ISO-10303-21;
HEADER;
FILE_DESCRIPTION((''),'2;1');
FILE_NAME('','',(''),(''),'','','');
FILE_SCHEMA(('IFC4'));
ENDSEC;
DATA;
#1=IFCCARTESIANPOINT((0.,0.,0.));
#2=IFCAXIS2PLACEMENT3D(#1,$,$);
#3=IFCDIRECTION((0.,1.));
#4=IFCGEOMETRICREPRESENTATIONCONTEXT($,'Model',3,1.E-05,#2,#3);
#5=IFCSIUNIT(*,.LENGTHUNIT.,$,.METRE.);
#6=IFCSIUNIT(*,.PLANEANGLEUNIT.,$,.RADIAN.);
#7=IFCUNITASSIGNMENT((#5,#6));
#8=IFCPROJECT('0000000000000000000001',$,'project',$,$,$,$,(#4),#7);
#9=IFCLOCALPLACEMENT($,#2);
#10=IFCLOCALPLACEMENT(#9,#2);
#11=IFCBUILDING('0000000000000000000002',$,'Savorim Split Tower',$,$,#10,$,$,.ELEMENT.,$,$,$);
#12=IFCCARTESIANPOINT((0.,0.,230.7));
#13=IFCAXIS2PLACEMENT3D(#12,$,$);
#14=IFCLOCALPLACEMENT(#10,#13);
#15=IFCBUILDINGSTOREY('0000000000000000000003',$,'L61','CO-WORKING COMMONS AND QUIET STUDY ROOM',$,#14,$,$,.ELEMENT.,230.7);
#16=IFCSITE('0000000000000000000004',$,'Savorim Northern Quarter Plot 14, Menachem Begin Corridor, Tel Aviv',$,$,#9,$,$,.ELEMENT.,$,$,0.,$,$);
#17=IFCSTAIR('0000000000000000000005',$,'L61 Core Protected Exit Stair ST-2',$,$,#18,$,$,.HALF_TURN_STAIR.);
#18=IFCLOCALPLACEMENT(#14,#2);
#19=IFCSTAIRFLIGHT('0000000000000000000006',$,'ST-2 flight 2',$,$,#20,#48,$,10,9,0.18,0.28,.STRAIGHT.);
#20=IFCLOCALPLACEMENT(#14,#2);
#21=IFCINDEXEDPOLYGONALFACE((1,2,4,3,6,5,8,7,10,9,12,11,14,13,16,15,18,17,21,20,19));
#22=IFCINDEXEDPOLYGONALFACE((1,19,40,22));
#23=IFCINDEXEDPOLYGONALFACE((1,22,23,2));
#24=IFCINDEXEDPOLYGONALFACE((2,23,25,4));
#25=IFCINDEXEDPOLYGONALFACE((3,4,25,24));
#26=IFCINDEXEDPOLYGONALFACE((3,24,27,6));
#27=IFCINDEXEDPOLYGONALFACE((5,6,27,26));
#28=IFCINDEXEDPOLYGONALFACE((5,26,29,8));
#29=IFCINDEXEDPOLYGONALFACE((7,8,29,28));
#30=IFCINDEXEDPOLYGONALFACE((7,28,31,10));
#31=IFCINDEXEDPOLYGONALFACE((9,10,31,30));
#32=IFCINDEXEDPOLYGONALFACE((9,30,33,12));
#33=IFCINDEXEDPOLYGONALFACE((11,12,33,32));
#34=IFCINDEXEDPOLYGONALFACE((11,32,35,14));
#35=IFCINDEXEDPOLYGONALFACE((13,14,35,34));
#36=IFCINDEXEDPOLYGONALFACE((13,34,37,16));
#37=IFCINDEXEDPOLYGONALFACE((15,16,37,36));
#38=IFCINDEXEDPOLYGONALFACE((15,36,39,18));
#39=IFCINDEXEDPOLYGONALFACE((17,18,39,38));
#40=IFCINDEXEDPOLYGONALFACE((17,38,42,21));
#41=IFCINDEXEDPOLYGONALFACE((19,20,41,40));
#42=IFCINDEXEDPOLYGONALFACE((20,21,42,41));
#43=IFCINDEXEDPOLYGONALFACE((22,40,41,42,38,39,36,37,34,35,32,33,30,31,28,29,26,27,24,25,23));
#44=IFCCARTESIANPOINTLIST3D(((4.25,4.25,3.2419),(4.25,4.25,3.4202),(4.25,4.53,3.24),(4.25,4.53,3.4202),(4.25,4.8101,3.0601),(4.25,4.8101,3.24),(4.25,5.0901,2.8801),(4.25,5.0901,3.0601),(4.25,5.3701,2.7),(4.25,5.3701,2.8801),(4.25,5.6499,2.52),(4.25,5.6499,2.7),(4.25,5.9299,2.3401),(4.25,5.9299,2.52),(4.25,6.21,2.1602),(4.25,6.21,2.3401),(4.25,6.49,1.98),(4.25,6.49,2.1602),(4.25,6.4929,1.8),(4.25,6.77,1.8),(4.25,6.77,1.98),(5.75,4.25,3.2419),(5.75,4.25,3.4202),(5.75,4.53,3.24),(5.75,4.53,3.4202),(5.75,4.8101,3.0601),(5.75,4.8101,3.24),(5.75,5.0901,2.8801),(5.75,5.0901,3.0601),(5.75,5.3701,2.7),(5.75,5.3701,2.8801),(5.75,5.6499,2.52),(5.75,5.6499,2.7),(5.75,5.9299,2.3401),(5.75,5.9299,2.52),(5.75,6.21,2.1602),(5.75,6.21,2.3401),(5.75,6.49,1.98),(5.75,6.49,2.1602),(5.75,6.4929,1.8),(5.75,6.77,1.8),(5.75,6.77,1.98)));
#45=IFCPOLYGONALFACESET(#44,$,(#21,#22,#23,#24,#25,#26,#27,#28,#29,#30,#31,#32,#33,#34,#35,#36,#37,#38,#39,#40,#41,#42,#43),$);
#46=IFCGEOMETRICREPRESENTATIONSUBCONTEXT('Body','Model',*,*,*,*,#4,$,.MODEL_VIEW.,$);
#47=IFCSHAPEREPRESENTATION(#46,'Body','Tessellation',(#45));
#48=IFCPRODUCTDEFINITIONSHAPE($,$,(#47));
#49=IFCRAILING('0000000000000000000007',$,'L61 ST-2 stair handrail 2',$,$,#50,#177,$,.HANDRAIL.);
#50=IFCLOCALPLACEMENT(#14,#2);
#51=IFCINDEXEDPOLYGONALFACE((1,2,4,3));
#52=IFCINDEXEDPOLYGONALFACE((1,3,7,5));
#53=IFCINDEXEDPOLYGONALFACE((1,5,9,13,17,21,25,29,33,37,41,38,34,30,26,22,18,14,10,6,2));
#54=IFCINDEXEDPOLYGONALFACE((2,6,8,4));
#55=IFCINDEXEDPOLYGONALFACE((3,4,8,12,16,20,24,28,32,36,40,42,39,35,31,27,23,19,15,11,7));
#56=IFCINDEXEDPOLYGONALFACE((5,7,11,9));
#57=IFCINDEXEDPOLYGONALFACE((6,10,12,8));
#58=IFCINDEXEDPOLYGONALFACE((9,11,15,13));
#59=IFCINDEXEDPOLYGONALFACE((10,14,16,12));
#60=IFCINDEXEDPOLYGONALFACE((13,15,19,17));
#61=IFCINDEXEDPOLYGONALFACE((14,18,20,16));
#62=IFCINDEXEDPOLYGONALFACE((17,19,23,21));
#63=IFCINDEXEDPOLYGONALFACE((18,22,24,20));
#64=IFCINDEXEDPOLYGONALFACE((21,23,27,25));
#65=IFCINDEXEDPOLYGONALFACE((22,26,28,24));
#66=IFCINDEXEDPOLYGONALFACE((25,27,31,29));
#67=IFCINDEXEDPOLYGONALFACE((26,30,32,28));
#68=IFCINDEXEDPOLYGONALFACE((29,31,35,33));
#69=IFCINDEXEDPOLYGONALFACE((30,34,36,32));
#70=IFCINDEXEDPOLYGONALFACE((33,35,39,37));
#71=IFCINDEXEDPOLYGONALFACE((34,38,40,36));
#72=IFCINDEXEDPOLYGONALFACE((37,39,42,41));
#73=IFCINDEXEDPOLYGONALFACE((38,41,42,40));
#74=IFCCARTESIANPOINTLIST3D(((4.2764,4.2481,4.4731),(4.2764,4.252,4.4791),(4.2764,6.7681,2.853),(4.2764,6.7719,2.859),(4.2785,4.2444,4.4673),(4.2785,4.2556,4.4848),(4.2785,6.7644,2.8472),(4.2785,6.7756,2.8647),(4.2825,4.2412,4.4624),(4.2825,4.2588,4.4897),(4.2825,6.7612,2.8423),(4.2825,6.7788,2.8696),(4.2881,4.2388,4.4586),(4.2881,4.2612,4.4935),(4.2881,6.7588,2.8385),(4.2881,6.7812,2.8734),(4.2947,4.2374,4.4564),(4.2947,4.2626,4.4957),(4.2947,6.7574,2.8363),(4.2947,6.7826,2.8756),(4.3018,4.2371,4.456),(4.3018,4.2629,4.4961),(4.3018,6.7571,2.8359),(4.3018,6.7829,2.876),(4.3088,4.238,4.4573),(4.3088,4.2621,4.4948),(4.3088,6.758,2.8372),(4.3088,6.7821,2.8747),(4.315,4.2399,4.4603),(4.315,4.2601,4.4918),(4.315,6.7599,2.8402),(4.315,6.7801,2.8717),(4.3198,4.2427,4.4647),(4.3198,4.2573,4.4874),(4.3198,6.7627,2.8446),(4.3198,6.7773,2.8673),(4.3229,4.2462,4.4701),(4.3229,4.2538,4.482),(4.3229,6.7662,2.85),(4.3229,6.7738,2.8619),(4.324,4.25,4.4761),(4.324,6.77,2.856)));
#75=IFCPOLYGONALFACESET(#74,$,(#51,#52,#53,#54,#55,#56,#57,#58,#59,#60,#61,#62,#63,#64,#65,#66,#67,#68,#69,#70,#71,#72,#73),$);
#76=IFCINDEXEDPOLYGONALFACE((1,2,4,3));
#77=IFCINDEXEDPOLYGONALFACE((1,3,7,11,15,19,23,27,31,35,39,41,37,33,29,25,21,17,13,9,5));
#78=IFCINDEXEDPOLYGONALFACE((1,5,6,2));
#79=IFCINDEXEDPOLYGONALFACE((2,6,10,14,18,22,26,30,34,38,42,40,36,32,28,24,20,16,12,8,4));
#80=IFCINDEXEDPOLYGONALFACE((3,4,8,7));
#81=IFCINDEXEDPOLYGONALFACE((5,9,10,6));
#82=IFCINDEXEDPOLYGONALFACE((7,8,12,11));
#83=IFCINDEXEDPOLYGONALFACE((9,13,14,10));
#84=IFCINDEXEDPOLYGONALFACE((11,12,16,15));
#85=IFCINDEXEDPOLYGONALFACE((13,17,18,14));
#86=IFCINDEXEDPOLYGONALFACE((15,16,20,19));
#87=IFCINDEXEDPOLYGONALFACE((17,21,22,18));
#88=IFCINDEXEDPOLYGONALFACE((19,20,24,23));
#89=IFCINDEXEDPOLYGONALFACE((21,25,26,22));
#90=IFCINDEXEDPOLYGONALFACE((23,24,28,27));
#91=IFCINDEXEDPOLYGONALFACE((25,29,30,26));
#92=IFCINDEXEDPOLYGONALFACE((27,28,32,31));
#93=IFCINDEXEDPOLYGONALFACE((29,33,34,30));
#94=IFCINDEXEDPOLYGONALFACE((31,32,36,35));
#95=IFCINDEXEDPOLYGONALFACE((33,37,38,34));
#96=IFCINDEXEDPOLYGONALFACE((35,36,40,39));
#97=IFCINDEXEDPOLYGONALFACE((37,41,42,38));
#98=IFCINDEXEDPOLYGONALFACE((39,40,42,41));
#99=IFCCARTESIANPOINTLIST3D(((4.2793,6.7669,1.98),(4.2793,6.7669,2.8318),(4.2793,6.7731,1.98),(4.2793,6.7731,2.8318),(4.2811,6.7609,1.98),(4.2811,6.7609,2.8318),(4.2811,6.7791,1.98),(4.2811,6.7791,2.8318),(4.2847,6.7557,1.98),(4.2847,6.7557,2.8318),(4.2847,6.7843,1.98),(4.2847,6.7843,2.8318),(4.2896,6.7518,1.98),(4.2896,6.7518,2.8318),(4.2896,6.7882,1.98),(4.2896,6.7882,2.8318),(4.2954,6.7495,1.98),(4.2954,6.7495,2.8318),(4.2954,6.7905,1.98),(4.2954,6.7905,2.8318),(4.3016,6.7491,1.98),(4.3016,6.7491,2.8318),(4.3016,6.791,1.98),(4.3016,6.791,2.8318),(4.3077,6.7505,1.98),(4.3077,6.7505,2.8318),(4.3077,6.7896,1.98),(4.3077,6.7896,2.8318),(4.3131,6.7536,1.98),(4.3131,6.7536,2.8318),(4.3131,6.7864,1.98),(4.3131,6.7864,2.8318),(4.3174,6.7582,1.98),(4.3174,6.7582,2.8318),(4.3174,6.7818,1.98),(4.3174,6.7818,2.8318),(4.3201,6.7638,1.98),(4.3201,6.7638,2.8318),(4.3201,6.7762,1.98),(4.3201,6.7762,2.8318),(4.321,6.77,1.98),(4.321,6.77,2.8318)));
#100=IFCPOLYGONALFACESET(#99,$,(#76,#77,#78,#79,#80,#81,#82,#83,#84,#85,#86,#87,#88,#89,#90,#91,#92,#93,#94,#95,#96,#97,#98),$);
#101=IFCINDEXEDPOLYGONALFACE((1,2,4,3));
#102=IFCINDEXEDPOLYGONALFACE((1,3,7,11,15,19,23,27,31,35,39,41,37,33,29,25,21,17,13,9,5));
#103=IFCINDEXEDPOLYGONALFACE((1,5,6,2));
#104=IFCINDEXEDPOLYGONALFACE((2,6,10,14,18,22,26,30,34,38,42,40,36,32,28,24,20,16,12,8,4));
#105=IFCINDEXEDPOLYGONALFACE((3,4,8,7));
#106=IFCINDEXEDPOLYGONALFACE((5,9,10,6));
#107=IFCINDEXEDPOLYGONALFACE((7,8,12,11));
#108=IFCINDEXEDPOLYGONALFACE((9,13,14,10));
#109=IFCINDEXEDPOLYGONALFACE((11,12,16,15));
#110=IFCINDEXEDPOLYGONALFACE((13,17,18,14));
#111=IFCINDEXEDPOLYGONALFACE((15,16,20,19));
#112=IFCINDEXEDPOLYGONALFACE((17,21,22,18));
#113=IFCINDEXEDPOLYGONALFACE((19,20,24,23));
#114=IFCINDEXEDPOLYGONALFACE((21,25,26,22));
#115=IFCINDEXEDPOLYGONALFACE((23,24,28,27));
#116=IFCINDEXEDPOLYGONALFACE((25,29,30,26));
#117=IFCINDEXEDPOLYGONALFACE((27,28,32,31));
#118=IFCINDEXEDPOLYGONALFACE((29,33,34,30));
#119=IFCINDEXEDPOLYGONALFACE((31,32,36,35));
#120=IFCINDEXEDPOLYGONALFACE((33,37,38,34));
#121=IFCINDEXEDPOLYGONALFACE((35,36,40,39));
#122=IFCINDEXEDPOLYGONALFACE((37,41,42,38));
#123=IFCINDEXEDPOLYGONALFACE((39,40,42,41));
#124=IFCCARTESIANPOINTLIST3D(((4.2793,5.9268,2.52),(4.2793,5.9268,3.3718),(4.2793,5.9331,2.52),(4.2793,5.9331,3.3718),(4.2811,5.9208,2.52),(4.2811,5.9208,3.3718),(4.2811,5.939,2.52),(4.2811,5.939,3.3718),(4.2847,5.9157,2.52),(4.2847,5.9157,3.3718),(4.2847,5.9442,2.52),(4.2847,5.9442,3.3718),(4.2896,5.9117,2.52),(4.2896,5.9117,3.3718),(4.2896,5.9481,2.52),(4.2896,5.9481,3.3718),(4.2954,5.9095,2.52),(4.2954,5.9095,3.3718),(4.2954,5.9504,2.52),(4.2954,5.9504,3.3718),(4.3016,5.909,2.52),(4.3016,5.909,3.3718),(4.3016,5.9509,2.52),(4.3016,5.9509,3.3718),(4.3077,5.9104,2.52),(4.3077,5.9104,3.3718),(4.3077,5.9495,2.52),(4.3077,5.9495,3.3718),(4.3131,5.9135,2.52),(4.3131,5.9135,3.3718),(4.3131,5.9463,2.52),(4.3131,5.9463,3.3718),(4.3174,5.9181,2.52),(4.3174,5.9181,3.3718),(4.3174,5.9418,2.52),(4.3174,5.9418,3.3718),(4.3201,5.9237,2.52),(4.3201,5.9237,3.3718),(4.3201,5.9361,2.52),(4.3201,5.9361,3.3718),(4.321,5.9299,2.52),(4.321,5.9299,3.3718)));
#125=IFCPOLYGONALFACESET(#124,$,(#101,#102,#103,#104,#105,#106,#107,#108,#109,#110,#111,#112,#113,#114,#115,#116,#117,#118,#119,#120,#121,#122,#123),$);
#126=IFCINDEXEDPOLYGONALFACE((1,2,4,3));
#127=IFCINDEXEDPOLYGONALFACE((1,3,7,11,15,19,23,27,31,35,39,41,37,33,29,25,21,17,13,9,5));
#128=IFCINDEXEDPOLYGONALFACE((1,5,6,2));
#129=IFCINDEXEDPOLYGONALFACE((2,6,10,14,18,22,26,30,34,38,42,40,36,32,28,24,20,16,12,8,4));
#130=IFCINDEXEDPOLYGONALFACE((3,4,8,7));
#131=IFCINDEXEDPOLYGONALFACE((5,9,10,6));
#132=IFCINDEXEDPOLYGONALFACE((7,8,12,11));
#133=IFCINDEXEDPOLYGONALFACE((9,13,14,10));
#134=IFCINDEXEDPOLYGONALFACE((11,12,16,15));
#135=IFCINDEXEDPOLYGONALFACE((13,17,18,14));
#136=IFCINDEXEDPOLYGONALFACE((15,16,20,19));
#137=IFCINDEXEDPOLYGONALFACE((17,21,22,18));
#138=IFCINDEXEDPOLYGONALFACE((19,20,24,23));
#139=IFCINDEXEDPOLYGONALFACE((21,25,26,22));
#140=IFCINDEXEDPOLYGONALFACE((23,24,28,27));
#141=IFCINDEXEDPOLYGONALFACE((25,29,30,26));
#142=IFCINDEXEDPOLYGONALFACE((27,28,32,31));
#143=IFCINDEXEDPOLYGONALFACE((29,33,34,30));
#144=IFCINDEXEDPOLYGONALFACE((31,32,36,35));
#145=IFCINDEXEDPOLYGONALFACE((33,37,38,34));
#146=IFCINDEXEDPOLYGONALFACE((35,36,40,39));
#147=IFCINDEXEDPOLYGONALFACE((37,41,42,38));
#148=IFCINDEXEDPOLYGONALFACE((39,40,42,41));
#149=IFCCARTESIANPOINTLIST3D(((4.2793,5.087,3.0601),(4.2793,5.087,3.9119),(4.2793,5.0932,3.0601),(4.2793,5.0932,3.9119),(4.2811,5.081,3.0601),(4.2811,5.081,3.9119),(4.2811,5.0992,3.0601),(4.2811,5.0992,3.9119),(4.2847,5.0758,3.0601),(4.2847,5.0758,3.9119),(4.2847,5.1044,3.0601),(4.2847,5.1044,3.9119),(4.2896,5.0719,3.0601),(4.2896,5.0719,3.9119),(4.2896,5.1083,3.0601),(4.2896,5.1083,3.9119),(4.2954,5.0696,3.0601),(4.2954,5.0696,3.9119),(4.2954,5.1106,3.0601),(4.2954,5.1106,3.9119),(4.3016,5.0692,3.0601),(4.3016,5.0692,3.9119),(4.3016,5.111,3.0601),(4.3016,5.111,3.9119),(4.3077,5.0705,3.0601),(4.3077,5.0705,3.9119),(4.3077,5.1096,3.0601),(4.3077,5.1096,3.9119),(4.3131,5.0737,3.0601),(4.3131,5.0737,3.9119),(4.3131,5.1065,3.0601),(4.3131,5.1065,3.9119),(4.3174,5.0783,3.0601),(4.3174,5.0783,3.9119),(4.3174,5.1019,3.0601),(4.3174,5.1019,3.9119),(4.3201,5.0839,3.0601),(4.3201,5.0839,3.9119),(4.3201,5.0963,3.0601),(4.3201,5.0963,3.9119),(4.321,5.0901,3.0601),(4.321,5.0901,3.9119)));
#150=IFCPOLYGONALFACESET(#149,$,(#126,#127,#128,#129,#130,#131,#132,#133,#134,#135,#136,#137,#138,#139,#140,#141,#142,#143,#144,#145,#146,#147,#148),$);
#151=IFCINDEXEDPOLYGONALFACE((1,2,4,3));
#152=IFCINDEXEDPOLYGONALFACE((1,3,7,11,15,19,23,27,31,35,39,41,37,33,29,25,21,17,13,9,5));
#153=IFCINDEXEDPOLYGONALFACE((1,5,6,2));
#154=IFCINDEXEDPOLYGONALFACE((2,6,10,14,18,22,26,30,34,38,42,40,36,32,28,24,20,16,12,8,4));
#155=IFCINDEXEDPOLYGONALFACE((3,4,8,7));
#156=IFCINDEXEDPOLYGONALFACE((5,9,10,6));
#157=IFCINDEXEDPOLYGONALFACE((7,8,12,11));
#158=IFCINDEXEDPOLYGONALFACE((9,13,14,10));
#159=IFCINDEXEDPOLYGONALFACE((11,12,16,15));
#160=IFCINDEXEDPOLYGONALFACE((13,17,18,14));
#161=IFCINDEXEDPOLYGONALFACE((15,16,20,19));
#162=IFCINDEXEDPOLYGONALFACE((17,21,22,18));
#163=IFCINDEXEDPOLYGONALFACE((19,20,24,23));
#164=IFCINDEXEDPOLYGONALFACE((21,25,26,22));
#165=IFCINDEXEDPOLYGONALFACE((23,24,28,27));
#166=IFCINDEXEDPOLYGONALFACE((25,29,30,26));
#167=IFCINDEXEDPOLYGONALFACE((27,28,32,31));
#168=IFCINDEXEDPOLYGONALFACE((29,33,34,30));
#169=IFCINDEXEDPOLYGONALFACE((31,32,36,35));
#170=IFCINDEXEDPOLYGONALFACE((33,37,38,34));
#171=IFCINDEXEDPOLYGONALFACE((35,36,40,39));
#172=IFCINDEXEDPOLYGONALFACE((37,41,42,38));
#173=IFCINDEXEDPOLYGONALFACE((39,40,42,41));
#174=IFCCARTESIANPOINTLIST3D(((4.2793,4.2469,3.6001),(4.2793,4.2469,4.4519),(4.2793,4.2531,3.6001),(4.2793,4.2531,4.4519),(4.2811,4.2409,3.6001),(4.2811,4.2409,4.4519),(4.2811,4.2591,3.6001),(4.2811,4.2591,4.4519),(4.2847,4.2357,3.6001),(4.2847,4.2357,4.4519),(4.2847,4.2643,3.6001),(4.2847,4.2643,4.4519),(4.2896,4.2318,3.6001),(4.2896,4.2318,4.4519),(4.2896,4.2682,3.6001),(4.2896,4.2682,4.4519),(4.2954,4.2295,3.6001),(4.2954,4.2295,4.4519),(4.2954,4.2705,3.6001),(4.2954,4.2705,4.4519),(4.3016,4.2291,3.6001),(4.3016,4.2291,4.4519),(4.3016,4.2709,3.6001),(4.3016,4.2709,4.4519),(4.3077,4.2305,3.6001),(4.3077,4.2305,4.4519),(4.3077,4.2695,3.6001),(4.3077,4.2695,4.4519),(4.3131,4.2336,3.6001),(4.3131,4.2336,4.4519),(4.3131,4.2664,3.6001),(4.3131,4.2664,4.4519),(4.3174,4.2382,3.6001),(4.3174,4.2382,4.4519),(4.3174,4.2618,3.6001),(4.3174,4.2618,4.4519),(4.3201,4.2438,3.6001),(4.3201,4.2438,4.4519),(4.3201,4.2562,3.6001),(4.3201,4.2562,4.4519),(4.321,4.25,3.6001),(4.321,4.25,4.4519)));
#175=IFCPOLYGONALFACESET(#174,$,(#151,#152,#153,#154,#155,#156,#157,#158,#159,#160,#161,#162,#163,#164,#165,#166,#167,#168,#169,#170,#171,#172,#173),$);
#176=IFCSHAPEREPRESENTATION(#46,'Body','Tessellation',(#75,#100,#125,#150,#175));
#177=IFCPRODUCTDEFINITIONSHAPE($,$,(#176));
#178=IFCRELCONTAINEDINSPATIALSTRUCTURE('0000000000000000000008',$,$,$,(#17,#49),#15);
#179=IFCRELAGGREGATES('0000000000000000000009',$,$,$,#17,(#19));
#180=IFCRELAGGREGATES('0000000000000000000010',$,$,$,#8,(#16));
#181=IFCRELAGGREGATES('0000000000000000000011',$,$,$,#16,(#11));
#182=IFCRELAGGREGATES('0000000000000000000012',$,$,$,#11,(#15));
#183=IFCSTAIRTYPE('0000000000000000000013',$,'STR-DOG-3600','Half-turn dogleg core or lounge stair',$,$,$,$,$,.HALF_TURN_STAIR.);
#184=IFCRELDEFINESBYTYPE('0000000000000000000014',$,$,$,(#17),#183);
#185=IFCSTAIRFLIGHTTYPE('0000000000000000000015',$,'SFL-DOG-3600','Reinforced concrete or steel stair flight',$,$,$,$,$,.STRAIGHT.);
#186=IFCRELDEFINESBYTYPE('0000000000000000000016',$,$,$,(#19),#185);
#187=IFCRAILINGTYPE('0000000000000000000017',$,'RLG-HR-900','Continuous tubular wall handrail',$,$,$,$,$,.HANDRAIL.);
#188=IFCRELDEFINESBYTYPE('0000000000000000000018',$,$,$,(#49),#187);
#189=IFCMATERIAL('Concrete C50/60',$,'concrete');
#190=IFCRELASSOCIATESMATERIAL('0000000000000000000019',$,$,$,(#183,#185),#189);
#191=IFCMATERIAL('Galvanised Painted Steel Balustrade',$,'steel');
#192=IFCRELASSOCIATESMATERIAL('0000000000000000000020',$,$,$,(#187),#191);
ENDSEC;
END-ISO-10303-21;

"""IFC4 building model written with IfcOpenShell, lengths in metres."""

from ifc_helpers import new_model, si_unit, direction, frame, origin, origin_2d, place, context, subcontext, project, spatial, polyline, circle, outline, extrude, material, type_object, element, aggregate, save


model = new_model("IFC4")

# Units and contexts
model_context = context("Model", 3, precision=1e-05, world=origin(), true_north=direction((0.0, 1.0)))
body_context = subcontext(model_context, "Body", "Model", "MODEL_VIEW")
ifc_project = project(units=[si_unit("LENGTHUNIT", "METRE"), si_unit("PLANEANGLEUNIT", "RADIAN")], contexts=[model_context])

# Site, building, storey
site_placement = place(None, origin())
site = spatial("IfcSite", under=ifc_project, at=site_placement, Name="Savorim Northern Quarter Plot 14, Menachem Begin Corridor, Tel Aviv", CompositionType="ELEMENT", RefElevation=0.0)
building_placement = place(site_placement, origin())
building = spatial("IfcBuilding", under=site, at=building_placement, Name="Savorim Split Tower", CompositionType="ELEMENT")
storey_placement = place(building_placement, frame((0.0, 0.0, 230.7)))
storey = spatial("IfcBuildingStorey", under=building, at=storey_placement, Name="L61", Description="CO-WORKING COMMONS AND QUIET STUDY ROOM", CompositionType="ELEMENT", Elevation=230.7)

# Stair, stair flight
ifc_material_1 = material(Name="Concrete C50/60", Category="concrete")
stair_type = type_object("IfcStairType", Name="STR-DOG-3600", Description="Half-turn dogleg core or lounge stair", PredefinedType="HALF_TURN_STAIR", material=ifc_material_1)
stair_placement = place(storey_placement, origin())
stair = element("IfcStair", 1, at=stair_placement, inside=storey, type_object=stair_type, Name="L61 Core Protected Exit Stair ST-2", PredefinedType="HALF_TURN_STAIR")
stair_flight_type = type_object("IfcStairFlightType", Name="SFL-DOG-3600", Description="Reinforced concrete or steel stair flight", PredefinedType="STRAIGHT", material=ifc_material_1)
stair_flight_placement = place(storey_placement, frame((5.0, 6.77, 1.8), z_axis=(0.0, 0.0, 1.0), x_axis=(0.0, -1.0, 0.0)))
stair_flight = element("IfcStairFlight", 2, at=stair_flight_placement, type_object=stair_flight_type, Name="ST-2 flight 2", NumberOfRisers=10, NumberOfTreads=9, PredefinedType="STRAIGHT", RiserHeight=0.18, TreadLength=0.28, context=body_context, shape_type="SweptSolid", body=[
    extrude(outline(polyline([(0.0, 0.0), (0.0, 0.1799), (0.28, 0.1799), (0.28, 0.3601), (0.5601, 0.3601), (0.5601, 0.54), (0.8401, 0.54), (0.8401, 0.72), (1.1201, 0.72), (1.1201, 0.8999), (1.3999, 0.8999), (1.3999, 1.0801), (1.6799, 1.0801), (1.6799, 1.26), (1.96, 1.26), (1.96, 1.4399), (2.24, 1.4399), (2.24, 1.6201), (2.52, 1.6201), (2.52, 1.8), (2.52, 1.4419), (0.2771, 0.0), (0.0, 0.0)])), frame((0.0, 0.75, 0.0), z_axis=(0.0, -1.0, 0.0), x_axis=(1.0, 0.0, 0.0)), (0.0, 0.0, 1.0), 1.5),
])
aggregate(stair, [stair_flight])

# Railing
ifc_material_2 = material(Name="Galvanised Painted Steel Balustrade", Category="steel")
railing_type_1 = type_object("IfcRailingType", Name="RLG-HR-900", Description="Continuous tubular wall handrail", PredefinedType="HANDRAIL", material=ifc_material_2)
railing_1_placement = place(storey_placement, frame((4.3, 6.77, 1.98)))
element("IfcRailing", 3, at=railing_1_placement, inside=storey, type_object=railing_type_1, Name="L61 ST-2 stair handrail 2", PredefinedType="HANDRAIL", context=body_context, shape_type="SweptSolid", body=[
    extrude(circle(Radius=0.0239, at=origin_2d()), frame((0.0, 0.0, 0.876), z_axis=(0.0, -0.841163, 0.540782), x_axis=(1.0, 0.0, 0.0)), (0.0, 0.0, 1.0), 2.9958),
    extrude(circle(Radius=0.021, at=origin_2d()), origin(), (0.0, 0.0, 1.0), 0.8518),
    extrude(circle(Radius=0.021, at=origin_2d()), frame((0.0, -0.8401, 0.54)), (0.0, 0.0, 1.0), 0.8518),
    extrude(circle(Radius=0.021, at=origin_2d()), frame((0.0, -1.6799, 1.0801)), (0.0, 0.0, 1.0), 0.8518),
    extrude(circle(Radius=0.021, at=origin_2d()), frame((0.0, -2.52, 1.6201)), (0.0, 0.0, 1.0), 0.8518),
])

save(model, "model.ifc")
